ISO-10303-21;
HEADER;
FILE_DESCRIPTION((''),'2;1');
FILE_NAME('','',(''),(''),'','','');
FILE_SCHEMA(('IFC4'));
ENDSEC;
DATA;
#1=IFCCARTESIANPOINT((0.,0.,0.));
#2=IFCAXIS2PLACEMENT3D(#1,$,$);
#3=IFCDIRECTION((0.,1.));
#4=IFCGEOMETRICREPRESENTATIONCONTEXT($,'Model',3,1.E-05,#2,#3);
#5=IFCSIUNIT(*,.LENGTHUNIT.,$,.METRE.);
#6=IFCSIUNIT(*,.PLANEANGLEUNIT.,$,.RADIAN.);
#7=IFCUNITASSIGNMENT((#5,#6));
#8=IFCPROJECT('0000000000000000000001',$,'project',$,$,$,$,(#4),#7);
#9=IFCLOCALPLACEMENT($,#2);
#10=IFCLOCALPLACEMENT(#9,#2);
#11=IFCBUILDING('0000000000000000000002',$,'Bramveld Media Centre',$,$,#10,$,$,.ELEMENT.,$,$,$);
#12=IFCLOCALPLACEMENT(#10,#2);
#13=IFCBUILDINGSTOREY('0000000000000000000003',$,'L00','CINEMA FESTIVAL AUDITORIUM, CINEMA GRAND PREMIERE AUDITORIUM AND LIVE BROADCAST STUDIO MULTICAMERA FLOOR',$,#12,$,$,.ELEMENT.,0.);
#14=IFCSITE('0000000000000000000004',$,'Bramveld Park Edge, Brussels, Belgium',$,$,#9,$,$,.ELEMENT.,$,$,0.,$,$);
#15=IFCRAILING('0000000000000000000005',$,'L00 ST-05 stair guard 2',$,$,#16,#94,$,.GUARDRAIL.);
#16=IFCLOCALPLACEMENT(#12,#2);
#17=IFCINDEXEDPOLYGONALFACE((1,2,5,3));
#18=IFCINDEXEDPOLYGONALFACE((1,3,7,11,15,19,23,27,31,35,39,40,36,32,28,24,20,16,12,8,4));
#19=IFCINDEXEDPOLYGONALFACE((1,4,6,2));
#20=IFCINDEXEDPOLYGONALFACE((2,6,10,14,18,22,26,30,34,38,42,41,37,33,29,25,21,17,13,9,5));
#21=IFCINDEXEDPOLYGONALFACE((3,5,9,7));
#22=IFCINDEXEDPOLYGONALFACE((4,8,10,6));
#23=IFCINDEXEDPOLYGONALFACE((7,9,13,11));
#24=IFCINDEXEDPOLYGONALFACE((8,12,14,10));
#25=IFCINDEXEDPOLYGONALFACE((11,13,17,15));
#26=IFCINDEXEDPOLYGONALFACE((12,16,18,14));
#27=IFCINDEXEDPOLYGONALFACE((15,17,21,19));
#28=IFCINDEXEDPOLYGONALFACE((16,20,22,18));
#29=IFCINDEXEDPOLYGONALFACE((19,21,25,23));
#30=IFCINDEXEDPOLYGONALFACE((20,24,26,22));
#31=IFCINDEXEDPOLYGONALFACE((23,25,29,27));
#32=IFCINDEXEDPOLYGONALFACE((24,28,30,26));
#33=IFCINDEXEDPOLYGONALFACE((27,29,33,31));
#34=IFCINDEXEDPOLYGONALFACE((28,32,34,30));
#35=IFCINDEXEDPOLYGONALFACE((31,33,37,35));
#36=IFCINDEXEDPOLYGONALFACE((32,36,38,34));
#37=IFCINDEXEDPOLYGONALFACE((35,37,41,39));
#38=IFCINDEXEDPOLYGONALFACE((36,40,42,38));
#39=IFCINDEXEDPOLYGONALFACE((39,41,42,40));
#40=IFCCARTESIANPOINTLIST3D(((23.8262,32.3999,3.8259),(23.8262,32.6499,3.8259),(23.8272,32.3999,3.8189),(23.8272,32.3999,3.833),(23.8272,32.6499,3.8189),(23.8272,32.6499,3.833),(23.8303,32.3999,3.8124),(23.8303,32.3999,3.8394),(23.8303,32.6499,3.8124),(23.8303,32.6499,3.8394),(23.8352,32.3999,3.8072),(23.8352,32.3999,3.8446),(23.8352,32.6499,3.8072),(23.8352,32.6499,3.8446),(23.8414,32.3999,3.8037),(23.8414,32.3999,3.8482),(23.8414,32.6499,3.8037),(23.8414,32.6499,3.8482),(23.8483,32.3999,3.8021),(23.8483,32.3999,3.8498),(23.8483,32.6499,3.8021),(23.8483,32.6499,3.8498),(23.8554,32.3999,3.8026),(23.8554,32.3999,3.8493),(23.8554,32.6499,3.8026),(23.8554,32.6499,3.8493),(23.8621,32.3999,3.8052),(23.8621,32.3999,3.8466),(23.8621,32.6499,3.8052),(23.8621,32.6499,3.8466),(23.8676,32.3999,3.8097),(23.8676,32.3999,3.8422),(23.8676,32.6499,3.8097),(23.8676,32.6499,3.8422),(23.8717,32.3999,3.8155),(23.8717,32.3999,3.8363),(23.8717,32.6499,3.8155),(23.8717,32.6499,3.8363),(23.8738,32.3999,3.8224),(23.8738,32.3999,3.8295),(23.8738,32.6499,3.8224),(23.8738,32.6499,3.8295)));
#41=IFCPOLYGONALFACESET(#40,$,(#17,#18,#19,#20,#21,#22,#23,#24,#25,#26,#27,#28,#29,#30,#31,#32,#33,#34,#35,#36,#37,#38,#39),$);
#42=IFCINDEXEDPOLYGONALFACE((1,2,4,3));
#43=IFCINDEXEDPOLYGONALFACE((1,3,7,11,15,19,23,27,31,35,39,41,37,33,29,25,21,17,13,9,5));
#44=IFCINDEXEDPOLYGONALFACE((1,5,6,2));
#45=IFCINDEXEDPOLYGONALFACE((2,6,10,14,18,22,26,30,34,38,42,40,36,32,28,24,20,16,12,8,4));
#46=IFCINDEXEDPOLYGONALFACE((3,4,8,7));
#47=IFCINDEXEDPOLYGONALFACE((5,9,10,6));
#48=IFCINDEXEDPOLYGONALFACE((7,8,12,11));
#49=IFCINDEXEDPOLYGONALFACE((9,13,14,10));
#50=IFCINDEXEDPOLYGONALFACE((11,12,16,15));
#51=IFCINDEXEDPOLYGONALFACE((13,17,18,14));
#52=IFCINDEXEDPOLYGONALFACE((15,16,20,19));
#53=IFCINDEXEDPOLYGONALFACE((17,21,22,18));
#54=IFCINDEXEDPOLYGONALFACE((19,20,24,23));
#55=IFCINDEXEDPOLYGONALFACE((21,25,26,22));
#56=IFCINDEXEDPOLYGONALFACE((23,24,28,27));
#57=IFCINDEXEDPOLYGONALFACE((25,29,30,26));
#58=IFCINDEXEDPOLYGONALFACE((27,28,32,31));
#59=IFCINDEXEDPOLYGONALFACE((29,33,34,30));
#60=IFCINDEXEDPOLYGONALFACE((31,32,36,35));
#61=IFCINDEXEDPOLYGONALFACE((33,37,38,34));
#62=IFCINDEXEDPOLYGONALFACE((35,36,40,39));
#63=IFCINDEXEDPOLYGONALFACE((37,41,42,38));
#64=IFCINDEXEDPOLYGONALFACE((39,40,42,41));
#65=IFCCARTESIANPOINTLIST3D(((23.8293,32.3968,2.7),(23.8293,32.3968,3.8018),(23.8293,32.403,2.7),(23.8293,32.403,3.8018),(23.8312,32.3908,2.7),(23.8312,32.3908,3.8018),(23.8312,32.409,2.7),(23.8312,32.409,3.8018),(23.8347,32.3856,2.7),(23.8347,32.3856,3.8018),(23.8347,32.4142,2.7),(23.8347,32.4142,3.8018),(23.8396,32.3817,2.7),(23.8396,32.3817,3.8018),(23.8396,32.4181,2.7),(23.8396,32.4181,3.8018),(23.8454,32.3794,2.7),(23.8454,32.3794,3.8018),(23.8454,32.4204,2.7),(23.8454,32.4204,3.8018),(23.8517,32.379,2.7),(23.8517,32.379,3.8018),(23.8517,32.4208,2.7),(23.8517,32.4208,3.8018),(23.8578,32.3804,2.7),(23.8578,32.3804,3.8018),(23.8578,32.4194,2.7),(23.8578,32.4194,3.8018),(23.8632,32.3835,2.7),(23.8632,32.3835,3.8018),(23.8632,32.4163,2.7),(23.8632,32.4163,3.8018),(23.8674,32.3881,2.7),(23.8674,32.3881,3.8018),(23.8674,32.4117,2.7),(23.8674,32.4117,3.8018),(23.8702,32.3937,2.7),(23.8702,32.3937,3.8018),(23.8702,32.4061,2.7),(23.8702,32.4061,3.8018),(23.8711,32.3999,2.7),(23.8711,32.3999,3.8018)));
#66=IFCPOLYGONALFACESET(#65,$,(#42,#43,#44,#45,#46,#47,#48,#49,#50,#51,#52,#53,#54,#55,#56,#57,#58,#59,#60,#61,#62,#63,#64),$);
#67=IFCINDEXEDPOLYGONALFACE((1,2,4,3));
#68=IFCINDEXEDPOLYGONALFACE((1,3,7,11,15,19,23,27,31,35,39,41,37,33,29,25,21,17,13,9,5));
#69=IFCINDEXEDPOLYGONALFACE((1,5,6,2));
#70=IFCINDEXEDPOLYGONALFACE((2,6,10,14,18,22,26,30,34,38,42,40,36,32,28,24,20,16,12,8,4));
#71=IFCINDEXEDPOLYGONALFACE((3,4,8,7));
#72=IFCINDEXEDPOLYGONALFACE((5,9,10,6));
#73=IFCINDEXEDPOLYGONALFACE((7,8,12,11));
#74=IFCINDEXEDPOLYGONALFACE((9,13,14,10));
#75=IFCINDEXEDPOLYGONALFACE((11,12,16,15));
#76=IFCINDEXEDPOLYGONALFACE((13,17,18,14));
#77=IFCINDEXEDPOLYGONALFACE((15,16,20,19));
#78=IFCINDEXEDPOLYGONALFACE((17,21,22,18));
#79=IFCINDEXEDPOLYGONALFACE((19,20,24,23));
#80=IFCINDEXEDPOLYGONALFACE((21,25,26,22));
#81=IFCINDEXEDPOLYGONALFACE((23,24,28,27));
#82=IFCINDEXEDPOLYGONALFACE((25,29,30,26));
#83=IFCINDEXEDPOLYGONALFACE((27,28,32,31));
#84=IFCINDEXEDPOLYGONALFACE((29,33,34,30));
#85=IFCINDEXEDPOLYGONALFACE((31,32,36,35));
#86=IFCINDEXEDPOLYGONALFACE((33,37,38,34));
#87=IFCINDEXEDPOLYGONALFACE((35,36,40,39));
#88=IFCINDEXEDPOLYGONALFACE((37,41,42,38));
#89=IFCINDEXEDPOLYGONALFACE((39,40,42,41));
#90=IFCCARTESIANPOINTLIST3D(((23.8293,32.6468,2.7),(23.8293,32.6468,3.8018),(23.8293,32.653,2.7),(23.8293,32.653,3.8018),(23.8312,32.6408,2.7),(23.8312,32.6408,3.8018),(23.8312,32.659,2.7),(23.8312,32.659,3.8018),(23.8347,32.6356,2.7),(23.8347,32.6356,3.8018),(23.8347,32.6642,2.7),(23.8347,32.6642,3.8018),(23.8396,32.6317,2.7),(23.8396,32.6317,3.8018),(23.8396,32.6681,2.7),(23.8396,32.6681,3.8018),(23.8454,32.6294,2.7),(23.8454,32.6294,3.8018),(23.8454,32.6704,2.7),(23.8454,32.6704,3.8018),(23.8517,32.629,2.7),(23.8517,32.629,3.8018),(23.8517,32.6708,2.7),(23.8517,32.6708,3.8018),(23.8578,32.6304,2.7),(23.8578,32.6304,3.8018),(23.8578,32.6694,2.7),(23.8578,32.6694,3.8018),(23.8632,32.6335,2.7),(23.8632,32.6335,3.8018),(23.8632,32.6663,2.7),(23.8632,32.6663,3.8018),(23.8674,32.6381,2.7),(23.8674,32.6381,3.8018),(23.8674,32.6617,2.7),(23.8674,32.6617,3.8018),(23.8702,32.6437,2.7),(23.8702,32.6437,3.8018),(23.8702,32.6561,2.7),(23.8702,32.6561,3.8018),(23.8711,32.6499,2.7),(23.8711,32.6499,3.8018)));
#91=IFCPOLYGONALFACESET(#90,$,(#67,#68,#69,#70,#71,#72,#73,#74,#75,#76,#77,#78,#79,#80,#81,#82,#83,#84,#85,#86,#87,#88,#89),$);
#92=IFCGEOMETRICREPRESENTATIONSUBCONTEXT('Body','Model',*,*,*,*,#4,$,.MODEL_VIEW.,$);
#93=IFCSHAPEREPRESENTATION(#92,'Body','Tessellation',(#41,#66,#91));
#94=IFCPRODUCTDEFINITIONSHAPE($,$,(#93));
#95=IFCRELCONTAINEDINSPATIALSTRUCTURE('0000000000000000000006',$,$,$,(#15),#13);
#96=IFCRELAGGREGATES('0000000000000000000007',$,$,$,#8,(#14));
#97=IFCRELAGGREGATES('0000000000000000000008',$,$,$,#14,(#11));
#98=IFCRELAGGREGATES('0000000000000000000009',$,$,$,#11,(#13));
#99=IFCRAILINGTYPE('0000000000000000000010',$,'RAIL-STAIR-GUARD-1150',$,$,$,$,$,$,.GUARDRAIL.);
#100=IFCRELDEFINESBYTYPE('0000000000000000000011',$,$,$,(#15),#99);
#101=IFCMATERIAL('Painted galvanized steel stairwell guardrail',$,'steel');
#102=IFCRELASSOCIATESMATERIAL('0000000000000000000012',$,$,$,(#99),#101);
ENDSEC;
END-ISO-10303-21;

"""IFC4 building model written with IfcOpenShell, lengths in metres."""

from ifc_helpers import new_model, si_unit, direction, frame, origin, origin_2d, place, context, subcontext, project, spatial, circle, extrude, material, type_object, element, save


model = new_model("IFC4")

# Units and contexts
model_context = context("Model", 3, precision=1e-05, world=origin(), true_north=direction((0.0, 1.0)))
body_context = subcontext(model_context, "Body", "Model", "MODEL_VIEW")
ifc_project = project(units=[si_unit("LENGTHUNIT", "METRE"), si_unit("PLANEANGLEUNIT", "RADIAN")], contexts=[model_context])

# Site, building, storey
site_placement = place(None, origin())
site = spatial("IfcSite", under=ifc_project, at=site_placement, Name="Bramveld Park Edge, Brussels, Belgium", CompositionType="ELEMENT", RefElevation=0.0)
building_placement = place(site_placement, origin())
building = spatial("IfcBuilding", under=site, at=building_placement, Name="Bramveld Media Centre", CompositionType="ELEMENT")
storey_placement = place(building_placement, origin())
storey = spatial("IfcBuildingStorey", under=building, at=storey_placement, Name="L00", Description="CINEMA FESTIVAL AUDITORIUM, CINEMA GRAND PREMIERE AUDITORIUM AND LIVE BROADCAST STUDIO MULTICAMERA FLOOR", CompositionType="ELEMENT", Elevation=0.0)

# Railing
ifc_material_1 = material(Name="Painted galvanized steel stairwell guardrail", Category="steel")
railing_type_1 = type_object("IfcRailingType", Name="RAIL-STAIR-GUARD-1150", PredefinedType="GUARDRAIL", material=ifc_material_1)
railing_1_placement = place(storey_placement, frame((23.8501, 32.3999, 2.7)))
element("IfcRailing", 1, at=railing_1_placement, inside=storey, type_object=railing_type_1, Name="L00 ST-05 stair guard 2", PredefinedType="GUARDRAIL", context=body_context, shape_type="SweptSolid", body=[
    extrude(circle(Radius=0.0239, at=origin_2d()), frame((0.0, 0.0, 1.126), z_axis=(0.0, 1.0, 0.0), x_axis=(-1.0, 0.0, 0.0)), (0.0, 0.0, 1.0), 0.25),
    extrude(circle(Radius=0.021, at=origin_2d()), origin(), (0.0, 0.0, 1.0), 1.1018),
    extrude(circle(Radius=0.021, at=origin_2d()), frame((0.0, 0.25, 0.0)), (0.0, 0.0, 1.0), 1.1018),
])

save(model, "model.ifc")
